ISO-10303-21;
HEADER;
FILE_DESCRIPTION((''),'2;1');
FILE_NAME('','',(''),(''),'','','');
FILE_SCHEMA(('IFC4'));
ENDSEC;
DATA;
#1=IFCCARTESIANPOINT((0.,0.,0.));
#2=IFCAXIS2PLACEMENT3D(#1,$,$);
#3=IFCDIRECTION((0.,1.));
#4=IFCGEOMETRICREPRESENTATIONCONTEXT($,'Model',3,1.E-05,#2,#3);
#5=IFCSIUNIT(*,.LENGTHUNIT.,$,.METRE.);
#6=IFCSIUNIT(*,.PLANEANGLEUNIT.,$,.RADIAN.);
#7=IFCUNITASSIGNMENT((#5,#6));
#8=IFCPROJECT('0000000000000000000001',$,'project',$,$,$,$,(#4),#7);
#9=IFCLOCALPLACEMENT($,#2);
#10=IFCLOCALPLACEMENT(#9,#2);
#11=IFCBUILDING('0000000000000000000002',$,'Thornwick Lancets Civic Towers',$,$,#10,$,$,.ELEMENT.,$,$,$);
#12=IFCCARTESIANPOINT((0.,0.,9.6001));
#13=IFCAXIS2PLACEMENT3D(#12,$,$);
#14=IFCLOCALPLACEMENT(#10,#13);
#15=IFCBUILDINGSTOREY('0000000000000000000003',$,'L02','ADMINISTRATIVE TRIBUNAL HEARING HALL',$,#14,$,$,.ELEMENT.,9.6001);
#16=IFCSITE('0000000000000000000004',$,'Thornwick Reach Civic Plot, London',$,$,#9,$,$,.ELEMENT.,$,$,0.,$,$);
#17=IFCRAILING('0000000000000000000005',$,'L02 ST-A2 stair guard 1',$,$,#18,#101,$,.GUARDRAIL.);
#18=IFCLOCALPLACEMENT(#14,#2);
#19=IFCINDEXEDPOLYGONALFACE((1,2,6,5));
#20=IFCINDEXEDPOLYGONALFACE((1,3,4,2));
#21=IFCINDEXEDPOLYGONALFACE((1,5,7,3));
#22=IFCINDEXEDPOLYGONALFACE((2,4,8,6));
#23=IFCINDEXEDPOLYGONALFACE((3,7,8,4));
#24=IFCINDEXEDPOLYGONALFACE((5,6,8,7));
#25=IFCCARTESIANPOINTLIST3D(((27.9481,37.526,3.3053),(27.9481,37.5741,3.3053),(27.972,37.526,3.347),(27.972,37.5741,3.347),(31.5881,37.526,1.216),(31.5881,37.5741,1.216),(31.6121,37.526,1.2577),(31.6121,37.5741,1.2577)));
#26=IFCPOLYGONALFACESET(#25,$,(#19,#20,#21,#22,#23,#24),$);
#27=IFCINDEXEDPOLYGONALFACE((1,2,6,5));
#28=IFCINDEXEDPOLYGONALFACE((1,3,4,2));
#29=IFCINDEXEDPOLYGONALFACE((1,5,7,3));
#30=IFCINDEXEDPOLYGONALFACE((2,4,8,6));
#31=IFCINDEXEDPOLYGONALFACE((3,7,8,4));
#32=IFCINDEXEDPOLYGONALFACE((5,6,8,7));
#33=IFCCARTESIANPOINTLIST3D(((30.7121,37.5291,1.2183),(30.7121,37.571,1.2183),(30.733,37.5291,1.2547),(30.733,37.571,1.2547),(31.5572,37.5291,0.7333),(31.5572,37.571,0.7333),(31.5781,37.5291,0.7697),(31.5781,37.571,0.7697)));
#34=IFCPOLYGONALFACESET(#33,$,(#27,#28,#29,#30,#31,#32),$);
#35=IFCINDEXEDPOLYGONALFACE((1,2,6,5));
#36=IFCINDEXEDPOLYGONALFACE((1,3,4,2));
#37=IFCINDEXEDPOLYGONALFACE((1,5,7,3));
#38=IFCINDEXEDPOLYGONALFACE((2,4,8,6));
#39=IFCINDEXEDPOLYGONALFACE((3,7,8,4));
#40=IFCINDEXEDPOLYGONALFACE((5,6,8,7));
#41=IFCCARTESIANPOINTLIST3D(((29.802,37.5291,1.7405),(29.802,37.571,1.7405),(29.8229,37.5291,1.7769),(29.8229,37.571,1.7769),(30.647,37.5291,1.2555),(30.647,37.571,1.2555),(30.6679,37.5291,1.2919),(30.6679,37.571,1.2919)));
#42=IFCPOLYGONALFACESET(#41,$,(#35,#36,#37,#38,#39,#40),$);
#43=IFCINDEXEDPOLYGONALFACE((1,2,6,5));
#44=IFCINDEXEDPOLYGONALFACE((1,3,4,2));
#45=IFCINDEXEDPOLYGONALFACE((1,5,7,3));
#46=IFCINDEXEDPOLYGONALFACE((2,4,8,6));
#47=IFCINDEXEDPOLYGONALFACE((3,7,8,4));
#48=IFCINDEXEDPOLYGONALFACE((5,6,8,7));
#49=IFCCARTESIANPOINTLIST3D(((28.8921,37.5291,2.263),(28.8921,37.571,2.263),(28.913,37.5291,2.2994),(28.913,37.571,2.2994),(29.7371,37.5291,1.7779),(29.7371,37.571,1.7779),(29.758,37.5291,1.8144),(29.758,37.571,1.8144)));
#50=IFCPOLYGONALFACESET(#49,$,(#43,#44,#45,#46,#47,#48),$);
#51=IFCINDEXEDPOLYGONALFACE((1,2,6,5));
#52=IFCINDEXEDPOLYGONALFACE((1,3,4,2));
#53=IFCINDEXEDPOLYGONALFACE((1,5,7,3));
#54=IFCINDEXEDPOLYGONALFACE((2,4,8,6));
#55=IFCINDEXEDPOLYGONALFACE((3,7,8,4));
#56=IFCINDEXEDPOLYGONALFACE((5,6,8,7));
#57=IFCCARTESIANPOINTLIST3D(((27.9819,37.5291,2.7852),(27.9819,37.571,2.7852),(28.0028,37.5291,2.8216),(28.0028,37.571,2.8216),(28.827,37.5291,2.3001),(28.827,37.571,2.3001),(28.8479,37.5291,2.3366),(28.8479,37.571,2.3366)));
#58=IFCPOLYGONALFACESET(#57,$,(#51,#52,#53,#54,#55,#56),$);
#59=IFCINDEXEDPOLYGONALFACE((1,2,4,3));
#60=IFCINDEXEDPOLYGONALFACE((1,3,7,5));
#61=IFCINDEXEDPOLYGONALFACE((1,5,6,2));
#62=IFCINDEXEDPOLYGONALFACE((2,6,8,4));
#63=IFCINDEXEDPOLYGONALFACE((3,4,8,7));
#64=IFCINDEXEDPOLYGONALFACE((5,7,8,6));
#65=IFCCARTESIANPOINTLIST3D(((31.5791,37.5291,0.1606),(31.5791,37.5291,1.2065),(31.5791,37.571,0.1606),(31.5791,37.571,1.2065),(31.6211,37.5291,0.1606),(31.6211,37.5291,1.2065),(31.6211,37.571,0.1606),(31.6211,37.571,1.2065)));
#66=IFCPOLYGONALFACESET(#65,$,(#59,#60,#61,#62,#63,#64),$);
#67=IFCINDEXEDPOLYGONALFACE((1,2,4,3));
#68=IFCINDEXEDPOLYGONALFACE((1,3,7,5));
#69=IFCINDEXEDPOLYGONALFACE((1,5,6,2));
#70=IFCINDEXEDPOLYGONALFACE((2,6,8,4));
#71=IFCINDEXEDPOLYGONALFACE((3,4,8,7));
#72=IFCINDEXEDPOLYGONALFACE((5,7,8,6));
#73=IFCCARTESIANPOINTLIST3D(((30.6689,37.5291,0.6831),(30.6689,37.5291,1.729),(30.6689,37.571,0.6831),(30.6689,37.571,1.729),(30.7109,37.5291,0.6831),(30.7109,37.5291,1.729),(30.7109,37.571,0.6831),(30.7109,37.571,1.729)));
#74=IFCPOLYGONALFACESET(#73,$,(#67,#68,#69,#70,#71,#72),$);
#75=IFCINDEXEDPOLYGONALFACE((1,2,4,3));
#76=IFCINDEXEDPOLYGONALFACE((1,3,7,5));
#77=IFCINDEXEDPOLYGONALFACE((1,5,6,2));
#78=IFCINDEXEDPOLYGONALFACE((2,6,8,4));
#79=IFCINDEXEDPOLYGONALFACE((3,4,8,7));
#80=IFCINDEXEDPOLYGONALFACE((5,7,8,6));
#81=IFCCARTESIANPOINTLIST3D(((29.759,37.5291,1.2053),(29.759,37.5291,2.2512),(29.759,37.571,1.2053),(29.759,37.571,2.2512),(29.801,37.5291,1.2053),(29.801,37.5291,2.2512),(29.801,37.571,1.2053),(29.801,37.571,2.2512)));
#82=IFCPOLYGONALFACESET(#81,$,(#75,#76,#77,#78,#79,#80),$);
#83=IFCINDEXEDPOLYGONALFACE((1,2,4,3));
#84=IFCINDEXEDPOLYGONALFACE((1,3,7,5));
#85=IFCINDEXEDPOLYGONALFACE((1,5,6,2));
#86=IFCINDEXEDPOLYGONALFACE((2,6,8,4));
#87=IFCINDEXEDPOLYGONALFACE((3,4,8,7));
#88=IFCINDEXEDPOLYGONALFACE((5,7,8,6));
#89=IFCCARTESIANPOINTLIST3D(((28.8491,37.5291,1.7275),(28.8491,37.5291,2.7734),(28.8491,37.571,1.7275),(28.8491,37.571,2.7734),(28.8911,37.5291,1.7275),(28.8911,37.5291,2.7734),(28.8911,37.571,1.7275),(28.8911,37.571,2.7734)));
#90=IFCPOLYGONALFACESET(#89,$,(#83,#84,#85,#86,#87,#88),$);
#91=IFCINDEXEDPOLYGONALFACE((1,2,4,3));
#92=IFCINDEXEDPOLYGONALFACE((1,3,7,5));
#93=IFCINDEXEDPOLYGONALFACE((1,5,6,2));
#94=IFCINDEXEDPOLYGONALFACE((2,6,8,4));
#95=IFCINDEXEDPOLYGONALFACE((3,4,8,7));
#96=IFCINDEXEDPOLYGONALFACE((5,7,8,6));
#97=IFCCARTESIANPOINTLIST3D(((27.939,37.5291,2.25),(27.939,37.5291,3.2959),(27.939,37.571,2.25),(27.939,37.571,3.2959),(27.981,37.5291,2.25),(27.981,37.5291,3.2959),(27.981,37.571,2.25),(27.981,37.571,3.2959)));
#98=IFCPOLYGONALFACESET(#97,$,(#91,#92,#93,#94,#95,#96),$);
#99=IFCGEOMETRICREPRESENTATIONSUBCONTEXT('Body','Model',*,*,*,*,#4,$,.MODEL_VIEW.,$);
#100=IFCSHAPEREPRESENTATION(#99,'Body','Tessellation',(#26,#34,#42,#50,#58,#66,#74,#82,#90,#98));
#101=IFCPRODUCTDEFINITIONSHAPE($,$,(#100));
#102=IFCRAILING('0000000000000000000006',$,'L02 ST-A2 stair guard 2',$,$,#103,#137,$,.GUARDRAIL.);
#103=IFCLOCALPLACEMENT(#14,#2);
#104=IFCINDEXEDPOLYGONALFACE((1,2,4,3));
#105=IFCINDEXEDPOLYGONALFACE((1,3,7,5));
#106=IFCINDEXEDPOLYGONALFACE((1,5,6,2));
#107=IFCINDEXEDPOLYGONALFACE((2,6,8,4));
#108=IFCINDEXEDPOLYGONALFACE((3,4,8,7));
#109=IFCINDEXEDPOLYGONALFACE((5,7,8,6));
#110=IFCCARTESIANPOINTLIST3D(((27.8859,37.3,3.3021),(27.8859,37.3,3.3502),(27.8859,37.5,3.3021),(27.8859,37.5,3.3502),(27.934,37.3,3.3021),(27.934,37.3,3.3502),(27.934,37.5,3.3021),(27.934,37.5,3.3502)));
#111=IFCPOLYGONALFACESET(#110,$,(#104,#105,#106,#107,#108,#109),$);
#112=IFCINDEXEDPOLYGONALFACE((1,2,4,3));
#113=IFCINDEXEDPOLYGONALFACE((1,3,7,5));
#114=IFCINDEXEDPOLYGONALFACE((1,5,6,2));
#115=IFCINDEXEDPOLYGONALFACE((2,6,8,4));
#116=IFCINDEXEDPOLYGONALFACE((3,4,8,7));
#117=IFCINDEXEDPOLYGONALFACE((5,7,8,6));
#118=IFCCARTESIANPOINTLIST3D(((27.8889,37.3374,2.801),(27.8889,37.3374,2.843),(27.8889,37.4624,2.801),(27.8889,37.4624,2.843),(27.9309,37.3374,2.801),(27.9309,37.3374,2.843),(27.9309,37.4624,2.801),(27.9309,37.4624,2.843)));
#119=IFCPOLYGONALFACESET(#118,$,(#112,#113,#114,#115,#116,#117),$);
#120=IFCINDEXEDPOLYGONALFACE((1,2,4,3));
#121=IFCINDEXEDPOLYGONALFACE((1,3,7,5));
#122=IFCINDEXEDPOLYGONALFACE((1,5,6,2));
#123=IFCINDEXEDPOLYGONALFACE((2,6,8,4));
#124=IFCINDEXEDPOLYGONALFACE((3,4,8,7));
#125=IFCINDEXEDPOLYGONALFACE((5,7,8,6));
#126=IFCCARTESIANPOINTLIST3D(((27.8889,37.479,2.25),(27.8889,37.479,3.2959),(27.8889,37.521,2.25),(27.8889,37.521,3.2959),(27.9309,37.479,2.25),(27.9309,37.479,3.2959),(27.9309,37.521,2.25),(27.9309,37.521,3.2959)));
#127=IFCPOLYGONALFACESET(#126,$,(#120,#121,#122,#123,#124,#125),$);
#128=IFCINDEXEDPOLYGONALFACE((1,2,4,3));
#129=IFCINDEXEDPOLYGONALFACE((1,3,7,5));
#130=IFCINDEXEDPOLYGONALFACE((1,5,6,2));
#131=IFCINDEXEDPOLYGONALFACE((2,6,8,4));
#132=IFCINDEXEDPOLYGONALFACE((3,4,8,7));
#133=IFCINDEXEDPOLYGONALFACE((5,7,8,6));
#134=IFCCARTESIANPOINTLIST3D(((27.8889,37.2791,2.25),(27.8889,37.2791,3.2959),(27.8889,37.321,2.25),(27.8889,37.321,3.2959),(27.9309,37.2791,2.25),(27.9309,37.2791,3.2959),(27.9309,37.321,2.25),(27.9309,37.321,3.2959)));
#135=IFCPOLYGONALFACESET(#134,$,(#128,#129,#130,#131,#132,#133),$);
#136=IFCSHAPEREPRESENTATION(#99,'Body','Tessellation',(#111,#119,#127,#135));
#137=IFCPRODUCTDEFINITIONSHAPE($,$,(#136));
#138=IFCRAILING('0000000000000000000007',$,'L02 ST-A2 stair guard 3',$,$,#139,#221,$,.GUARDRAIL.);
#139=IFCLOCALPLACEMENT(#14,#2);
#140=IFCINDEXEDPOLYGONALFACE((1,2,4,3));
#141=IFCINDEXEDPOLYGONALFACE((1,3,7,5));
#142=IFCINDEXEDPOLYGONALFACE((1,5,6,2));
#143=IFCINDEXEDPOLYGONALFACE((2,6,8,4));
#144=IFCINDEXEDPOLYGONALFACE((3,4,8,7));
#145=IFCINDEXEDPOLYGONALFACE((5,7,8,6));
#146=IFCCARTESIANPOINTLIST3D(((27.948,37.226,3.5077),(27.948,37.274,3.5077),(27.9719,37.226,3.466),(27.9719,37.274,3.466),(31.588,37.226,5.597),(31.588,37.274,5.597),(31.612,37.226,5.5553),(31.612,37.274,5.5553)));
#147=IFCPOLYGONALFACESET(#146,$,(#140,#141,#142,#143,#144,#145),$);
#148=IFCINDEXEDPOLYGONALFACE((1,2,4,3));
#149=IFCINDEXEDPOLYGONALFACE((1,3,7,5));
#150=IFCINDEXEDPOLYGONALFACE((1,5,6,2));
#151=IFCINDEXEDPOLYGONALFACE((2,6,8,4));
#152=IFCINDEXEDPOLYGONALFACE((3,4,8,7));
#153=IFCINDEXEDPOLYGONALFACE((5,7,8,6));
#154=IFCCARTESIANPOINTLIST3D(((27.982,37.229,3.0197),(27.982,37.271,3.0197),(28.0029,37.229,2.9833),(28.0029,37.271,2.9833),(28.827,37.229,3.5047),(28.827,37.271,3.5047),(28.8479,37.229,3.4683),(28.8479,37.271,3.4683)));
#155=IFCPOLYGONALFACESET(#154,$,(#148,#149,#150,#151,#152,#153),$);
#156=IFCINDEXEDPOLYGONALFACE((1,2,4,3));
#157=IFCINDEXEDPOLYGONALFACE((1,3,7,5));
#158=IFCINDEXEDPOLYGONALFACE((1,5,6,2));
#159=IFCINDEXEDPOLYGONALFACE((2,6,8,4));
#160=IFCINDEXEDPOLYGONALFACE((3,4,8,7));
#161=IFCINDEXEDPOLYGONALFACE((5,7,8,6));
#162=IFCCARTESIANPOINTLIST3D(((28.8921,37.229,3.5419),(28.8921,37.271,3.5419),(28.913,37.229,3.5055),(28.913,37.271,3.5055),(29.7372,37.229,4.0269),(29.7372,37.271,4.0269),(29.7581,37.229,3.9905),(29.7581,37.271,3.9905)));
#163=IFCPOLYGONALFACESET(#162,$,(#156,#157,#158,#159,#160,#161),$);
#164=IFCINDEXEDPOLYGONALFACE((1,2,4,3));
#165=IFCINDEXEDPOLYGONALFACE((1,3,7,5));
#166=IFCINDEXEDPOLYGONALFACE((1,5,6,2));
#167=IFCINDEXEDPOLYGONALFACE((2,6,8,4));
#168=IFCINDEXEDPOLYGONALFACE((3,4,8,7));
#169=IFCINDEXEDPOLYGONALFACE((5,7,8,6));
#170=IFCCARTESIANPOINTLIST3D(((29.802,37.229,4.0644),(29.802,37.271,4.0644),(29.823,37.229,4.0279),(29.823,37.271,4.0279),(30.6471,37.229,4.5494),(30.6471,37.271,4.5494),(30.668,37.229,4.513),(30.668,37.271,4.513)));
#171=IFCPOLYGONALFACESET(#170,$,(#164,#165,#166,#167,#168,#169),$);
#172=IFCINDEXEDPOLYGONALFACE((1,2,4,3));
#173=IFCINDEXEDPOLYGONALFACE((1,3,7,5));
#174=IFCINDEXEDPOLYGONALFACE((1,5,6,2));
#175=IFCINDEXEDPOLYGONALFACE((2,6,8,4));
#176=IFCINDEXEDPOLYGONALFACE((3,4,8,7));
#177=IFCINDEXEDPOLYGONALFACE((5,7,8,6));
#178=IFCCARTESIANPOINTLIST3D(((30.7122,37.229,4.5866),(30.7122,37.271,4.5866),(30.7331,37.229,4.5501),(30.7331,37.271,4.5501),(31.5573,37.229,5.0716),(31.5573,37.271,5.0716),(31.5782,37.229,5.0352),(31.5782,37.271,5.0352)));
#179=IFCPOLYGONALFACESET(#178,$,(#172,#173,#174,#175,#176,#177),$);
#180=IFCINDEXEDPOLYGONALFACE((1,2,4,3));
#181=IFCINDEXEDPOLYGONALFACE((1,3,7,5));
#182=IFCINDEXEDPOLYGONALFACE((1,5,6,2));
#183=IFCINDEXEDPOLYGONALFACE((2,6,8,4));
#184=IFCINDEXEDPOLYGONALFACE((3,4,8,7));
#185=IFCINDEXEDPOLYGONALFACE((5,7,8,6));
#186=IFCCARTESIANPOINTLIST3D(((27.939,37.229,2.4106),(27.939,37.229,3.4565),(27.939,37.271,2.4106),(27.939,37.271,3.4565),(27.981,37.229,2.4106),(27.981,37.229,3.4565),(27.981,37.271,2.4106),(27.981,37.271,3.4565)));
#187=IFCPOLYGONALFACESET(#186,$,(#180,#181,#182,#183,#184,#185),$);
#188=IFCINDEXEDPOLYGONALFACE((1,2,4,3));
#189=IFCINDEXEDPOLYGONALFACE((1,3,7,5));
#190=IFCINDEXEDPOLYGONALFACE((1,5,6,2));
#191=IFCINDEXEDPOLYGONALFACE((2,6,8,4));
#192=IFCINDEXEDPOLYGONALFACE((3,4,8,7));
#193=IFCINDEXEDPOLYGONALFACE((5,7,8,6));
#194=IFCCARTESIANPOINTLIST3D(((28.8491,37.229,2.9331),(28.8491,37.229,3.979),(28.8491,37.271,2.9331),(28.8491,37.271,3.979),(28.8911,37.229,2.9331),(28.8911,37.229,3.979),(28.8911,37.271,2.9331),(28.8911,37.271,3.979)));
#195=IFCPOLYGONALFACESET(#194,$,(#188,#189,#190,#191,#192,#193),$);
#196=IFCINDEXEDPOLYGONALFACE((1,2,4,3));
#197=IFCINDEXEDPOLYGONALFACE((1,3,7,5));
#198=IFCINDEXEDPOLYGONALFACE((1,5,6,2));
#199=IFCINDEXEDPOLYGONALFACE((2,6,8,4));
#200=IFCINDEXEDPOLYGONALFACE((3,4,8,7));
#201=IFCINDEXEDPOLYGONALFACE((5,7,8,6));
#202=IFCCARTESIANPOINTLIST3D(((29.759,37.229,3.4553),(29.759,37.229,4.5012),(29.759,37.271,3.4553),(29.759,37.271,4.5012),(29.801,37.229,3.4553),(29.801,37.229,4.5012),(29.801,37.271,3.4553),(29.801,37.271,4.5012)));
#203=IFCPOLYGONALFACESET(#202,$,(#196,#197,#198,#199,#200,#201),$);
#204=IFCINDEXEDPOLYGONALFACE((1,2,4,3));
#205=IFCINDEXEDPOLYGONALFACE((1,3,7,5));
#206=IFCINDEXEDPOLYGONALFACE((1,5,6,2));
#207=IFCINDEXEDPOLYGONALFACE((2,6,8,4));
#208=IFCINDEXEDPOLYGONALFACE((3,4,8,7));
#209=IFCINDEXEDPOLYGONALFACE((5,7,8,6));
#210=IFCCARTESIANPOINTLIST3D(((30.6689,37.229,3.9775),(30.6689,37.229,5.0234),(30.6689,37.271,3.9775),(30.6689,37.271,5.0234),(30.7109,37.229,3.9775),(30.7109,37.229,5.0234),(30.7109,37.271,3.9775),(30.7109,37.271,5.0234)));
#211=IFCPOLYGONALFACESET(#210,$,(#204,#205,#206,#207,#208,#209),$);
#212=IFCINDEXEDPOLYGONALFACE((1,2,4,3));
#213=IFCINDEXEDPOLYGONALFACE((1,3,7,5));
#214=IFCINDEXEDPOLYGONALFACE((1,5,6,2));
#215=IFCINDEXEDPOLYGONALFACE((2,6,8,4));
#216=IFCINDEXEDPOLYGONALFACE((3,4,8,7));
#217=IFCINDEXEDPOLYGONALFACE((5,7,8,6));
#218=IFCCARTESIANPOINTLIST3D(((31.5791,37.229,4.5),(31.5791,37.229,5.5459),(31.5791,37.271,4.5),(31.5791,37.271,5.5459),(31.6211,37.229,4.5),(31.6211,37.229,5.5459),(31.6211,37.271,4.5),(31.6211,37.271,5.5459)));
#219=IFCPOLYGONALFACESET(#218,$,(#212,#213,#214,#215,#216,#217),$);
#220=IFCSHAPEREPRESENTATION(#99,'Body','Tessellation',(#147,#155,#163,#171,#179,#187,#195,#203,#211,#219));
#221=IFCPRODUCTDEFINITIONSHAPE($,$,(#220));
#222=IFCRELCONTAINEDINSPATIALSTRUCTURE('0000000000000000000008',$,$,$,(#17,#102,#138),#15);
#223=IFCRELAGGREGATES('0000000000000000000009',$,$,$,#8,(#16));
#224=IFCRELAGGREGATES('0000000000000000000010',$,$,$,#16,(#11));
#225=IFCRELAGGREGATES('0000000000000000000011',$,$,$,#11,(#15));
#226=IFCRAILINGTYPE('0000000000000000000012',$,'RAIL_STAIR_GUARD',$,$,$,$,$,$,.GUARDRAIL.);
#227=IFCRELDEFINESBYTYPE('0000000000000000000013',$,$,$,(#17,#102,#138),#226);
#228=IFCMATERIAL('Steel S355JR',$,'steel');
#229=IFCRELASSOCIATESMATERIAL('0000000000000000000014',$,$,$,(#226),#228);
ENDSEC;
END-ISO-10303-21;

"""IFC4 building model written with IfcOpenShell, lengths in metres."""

from ifc_helpers import new_model, si_unit, direction, frame, origin, origin_2d, place, context, subcontext, project, spatial, rectangle, extrude, material, type_object, element, save


model = new_model("IFC4")

# Units and contexts
model_context = context("Model", 3, precision=1e-05, world=origin(), true_north=direction((0.0, 1.0)))
body_context = subcontext(model_context, "Body", "Model", "MODEL_VIEW")
ifc_project = project(units=[si_unit("LENGTHUNIT", "METRE"), si_unit("PLANEANGLEUNIT", "RADIAN")], contexts=[model_context])

# Site, building, storey
site_placement = place(None, origin())
site = spatial("IfcSite", under=ifc_project, at=site_placement, Name="Thornwick Reach Civic Plot, London", CompositionType="ELEMENT", RefElevation=0.0)
building_placement = place(site_placement, origin())
building = spatial("IfcBuilding", under=site, at=building_placement, Name="Thornwick Lancets Civic Towers", CompositionType="ELEMENT")
storey_placement = place(building_placement, frame((0.0, 0.0, 9.6001)))
storey = spatial("IfcBuildingStorey", under=building, at=storey_placement, Name="L02", Description="ADMINISTRATIVE TRIBUNAL HEARING HALL", CompositionType="ELEMENT", Elevation=9.6001)

# Railings
ifc_material_1 = material(Name="Steel S355JR", Category="steel")
railing_type_1 = type_object("IfcRailingType", Name="RAIL_STAIR_GUARD", PredefinedType="GUARDRAIL", material=ifc_material_1)
railing_1_placement = place(storey_placement, frame((31.6001, 37.55, 0.1606)))
element("IfcRailing", 1, at=railing_1_placement, inside=storey, type_object=railing_type_1, Name="L02 ST-A2 stair guard 1", PredefinedType="GUARDRAIL", context=body_context, shape_type="SweptSolid", body=[
    extrude(rectangle(XDim=0.0481, YDim=0.0481, at=origin_2d()), frame((0.0, 0.0, 1.0762), z_axis=(-0.867289, 0.0, 0.497804), x_axis=(0.0, -1.0, 0.0)), (0.0, 0.0, 1.0), 4.197),
    extrude(rectangle(XDim=0.042, YDim=0.042, at=origin_2d()), frame((-0.0325, 0.0, 0.5908), z_axis=(-0.867289, 0.0, 0.497804), x_axis=(0.0, -1.0, 0.0)), (0.0, 0.0, 1.0), 0.9744),
    extrude(rectangle(XDim=0.042, YDim=0.042, at=origin_2d()), frame((-0.9426, 0.0, 1.113), z_axis=(-0.867289, 0.0, 0.497804), x_axis=(0.0, -1.0, 0.0)), (0.0, 0.0, 1.0), 0.9744),
    extrude(rectangle(XDim=0.042, YDim=0.042, at=origin_2d()), frame((-1.8525, 0.0, 1.6355), z_axis=(-0.867289, 0.0, 0.497804), x_axis=(0.0, -1.0, 0.0)), (0.0, 0.0, 1.0), 0.9744),
    extrude(rectangle(XDim=0.042, YDim=0.042, at=origin_2d()), frame((-2.7627, 0.0, 2.1577), z_axis=(-0.867289, 0.0, 0.497804), x_axis=(0.0, -1.0, 0.0)), (0.0, 0.0, 1.0), 0.9744),
    extrude(rectangle(XDim=0.042, YDim=0.042, at=origin_2d()), origin(), (0.0, 0.0, 1.0), 1.0459),
    extrude(rectangle(XDim=0.042, YDim=0.042, at=origin_2d()), frame((-0.9102, 0.0, 0.5225)), (0.0, 0.0, 1.0), 1.0459),
    extrude(rectangle(XDim=0.042, YDim=0.042, at=origin_2d()), frame((-1.8201, 0.0, 1.0447)), (0.0, 0.0, 1.0), 1.0459),
    extrude(rectangle(XDim=0.042, YDim=0.042, at=origin_2d()), frame((-2.73, 0.0, 1.5669)), (0.0, 0.0, 1.0), 1.0459),
    extrude(rectangle(XDim=0.042, YDim=0.042, at=origin_2d()), frame((-3.6401, 0.0, 2.0894)), (0.0, 0.0, 1.0), 1.0459),
])
railing_2_placement = place(storey_placement, frame((27.9099, 37.5, 2.25)))
element("IfcRailing", 2, at=railing_2_placement, inside=storey, type_object=railing_type_1, Name="L02 ST-A2 stair guard 2", PredefinedType="GUARDRAIL", context=body_context, shape_type="SweptSolid", body=[
    extrude(rectangle(XDim=0.0481, YDim=0.0481, at=origin_2d()), frame((0.0, 0.0, 1.0762), z_axis=(0.0, -1.0, 0.0), x_axis=(1.0, 0.0, 0.0)), (0.0, 0.0, 1.0), 0.2),
    extrude(rectangle(XDim=0.042, YDim=0.042, at=origin_2d()), frame((0.0, -0.0376, 0.572), z_axis=(0.0, -1.0, 0.0), x_axis=(1.0, 0.0, 0.0)), (0.0, 0.0, 1.0), 0.125),
    extrude(rectangle(XDim=0.042, YDim=0.042, at=origin_2d()), origin(), (0.0, 0.0, 1.0), 1.0459),
    extrude(rectangle(XDim=0.042, YDim=0.042, at=origin_2d()), frame((0.0, -0.2, 0.0)), (0.0, 0.0, 1.0), 1.0459),
])
railing_3_placement = place(storey_placement, frame((27.96, 37.25, 2.4106)))
element("IfcRailing", 3, at=railing_3_placement, inside=storey, type_object=railing_type_1, Name="L02 ST-A2 stair guard 3", PredefinedType="GUARDRAIL", context=body_context, shape_type="SweptSolid", body=[
    extrude(rectangle(XDim=0.0481, YDim=0.0481, at=origin_2d()), frame((0.0, 0.0, 1.0762), z_axis=(0.867289, 0.0, 0.497804), x_axis=(0.0, 1.0, 0.0)), (0.0, 0.0, 1.0), 4.197),
    extrude(rectangle(XDim=0.042, YDim=0.042, at=origin_2d()), frame((0.0325, 0.0, 0.5908), z_axis=(0.867289, 0.0, 0.497804), x_axis=(0.0, 1.0, 0.0)), (0.0, 0.0, 1.0), 0.9744),
    extrude(rectangle(XDim=0.042, YDim=0.042, at=origin_2d()), frame((0.9426, 0.0, 1.113), z_axis=(0.867289, 0.0, 0.497804), x_axis=(0.0, 1.0, 0.0)), (0.0, 0.0, 1.0), 0.9744),
    extrude(rectangle(XDim=0.042, YDim=0.042, at=origin_2d()), frame((1.8525, 0.0, 1.6355), z_axis=(0.867289, 0.0, 0.497804), x_axis=(0.0, 1.0, 0.0)), (0.0, 0.0, 1.0), 0.9744),
    extrude(rectangle(XDim=0.042, YDim=0.042, at=origin_2d()), frame((2.7627, 0.0, 2.1577), z_axis=(0.867289, 0.0, 0.497804), x_axis=(0.0, 1.0, 0.0)), (0.0, 0.0, 1.0), 0.9744),
    extrude(rectangle(XDim=0.042, YDim=0.042, at=origin_2d()), origin(), (0.0, 0.0, 1.0), 1.0459),
    extrude(rectangle(XDim=0.042, YDim=0.042, at=origin_2d()), frame((0.9102, 0.0, 0.5225)), (0.0, 0.0, 1.0), 1.0459),
    extrude(rectangle(XDim=0.042, YDim=0.042, at=origin_2d()), frame((1.8201, 0.0, 1.0447)), (0.0, 0.0, 1.0), 1.0459),
    extrude(rectangle(XDim=0.042, YDim=0.042, at=origin_2d()), frame((2.73, 0.0, 1.5669)), (0.0, 0.0, 1.0), 1.0459),
    extrude(rectangle(XDim=0.042, YDim=0.042, at=origin_2d()), frame((3.6401, 0.0, 2.0894)), (0.0, 0.0, 1.0), 1.0459),
])

save(model, "model.ifc")
